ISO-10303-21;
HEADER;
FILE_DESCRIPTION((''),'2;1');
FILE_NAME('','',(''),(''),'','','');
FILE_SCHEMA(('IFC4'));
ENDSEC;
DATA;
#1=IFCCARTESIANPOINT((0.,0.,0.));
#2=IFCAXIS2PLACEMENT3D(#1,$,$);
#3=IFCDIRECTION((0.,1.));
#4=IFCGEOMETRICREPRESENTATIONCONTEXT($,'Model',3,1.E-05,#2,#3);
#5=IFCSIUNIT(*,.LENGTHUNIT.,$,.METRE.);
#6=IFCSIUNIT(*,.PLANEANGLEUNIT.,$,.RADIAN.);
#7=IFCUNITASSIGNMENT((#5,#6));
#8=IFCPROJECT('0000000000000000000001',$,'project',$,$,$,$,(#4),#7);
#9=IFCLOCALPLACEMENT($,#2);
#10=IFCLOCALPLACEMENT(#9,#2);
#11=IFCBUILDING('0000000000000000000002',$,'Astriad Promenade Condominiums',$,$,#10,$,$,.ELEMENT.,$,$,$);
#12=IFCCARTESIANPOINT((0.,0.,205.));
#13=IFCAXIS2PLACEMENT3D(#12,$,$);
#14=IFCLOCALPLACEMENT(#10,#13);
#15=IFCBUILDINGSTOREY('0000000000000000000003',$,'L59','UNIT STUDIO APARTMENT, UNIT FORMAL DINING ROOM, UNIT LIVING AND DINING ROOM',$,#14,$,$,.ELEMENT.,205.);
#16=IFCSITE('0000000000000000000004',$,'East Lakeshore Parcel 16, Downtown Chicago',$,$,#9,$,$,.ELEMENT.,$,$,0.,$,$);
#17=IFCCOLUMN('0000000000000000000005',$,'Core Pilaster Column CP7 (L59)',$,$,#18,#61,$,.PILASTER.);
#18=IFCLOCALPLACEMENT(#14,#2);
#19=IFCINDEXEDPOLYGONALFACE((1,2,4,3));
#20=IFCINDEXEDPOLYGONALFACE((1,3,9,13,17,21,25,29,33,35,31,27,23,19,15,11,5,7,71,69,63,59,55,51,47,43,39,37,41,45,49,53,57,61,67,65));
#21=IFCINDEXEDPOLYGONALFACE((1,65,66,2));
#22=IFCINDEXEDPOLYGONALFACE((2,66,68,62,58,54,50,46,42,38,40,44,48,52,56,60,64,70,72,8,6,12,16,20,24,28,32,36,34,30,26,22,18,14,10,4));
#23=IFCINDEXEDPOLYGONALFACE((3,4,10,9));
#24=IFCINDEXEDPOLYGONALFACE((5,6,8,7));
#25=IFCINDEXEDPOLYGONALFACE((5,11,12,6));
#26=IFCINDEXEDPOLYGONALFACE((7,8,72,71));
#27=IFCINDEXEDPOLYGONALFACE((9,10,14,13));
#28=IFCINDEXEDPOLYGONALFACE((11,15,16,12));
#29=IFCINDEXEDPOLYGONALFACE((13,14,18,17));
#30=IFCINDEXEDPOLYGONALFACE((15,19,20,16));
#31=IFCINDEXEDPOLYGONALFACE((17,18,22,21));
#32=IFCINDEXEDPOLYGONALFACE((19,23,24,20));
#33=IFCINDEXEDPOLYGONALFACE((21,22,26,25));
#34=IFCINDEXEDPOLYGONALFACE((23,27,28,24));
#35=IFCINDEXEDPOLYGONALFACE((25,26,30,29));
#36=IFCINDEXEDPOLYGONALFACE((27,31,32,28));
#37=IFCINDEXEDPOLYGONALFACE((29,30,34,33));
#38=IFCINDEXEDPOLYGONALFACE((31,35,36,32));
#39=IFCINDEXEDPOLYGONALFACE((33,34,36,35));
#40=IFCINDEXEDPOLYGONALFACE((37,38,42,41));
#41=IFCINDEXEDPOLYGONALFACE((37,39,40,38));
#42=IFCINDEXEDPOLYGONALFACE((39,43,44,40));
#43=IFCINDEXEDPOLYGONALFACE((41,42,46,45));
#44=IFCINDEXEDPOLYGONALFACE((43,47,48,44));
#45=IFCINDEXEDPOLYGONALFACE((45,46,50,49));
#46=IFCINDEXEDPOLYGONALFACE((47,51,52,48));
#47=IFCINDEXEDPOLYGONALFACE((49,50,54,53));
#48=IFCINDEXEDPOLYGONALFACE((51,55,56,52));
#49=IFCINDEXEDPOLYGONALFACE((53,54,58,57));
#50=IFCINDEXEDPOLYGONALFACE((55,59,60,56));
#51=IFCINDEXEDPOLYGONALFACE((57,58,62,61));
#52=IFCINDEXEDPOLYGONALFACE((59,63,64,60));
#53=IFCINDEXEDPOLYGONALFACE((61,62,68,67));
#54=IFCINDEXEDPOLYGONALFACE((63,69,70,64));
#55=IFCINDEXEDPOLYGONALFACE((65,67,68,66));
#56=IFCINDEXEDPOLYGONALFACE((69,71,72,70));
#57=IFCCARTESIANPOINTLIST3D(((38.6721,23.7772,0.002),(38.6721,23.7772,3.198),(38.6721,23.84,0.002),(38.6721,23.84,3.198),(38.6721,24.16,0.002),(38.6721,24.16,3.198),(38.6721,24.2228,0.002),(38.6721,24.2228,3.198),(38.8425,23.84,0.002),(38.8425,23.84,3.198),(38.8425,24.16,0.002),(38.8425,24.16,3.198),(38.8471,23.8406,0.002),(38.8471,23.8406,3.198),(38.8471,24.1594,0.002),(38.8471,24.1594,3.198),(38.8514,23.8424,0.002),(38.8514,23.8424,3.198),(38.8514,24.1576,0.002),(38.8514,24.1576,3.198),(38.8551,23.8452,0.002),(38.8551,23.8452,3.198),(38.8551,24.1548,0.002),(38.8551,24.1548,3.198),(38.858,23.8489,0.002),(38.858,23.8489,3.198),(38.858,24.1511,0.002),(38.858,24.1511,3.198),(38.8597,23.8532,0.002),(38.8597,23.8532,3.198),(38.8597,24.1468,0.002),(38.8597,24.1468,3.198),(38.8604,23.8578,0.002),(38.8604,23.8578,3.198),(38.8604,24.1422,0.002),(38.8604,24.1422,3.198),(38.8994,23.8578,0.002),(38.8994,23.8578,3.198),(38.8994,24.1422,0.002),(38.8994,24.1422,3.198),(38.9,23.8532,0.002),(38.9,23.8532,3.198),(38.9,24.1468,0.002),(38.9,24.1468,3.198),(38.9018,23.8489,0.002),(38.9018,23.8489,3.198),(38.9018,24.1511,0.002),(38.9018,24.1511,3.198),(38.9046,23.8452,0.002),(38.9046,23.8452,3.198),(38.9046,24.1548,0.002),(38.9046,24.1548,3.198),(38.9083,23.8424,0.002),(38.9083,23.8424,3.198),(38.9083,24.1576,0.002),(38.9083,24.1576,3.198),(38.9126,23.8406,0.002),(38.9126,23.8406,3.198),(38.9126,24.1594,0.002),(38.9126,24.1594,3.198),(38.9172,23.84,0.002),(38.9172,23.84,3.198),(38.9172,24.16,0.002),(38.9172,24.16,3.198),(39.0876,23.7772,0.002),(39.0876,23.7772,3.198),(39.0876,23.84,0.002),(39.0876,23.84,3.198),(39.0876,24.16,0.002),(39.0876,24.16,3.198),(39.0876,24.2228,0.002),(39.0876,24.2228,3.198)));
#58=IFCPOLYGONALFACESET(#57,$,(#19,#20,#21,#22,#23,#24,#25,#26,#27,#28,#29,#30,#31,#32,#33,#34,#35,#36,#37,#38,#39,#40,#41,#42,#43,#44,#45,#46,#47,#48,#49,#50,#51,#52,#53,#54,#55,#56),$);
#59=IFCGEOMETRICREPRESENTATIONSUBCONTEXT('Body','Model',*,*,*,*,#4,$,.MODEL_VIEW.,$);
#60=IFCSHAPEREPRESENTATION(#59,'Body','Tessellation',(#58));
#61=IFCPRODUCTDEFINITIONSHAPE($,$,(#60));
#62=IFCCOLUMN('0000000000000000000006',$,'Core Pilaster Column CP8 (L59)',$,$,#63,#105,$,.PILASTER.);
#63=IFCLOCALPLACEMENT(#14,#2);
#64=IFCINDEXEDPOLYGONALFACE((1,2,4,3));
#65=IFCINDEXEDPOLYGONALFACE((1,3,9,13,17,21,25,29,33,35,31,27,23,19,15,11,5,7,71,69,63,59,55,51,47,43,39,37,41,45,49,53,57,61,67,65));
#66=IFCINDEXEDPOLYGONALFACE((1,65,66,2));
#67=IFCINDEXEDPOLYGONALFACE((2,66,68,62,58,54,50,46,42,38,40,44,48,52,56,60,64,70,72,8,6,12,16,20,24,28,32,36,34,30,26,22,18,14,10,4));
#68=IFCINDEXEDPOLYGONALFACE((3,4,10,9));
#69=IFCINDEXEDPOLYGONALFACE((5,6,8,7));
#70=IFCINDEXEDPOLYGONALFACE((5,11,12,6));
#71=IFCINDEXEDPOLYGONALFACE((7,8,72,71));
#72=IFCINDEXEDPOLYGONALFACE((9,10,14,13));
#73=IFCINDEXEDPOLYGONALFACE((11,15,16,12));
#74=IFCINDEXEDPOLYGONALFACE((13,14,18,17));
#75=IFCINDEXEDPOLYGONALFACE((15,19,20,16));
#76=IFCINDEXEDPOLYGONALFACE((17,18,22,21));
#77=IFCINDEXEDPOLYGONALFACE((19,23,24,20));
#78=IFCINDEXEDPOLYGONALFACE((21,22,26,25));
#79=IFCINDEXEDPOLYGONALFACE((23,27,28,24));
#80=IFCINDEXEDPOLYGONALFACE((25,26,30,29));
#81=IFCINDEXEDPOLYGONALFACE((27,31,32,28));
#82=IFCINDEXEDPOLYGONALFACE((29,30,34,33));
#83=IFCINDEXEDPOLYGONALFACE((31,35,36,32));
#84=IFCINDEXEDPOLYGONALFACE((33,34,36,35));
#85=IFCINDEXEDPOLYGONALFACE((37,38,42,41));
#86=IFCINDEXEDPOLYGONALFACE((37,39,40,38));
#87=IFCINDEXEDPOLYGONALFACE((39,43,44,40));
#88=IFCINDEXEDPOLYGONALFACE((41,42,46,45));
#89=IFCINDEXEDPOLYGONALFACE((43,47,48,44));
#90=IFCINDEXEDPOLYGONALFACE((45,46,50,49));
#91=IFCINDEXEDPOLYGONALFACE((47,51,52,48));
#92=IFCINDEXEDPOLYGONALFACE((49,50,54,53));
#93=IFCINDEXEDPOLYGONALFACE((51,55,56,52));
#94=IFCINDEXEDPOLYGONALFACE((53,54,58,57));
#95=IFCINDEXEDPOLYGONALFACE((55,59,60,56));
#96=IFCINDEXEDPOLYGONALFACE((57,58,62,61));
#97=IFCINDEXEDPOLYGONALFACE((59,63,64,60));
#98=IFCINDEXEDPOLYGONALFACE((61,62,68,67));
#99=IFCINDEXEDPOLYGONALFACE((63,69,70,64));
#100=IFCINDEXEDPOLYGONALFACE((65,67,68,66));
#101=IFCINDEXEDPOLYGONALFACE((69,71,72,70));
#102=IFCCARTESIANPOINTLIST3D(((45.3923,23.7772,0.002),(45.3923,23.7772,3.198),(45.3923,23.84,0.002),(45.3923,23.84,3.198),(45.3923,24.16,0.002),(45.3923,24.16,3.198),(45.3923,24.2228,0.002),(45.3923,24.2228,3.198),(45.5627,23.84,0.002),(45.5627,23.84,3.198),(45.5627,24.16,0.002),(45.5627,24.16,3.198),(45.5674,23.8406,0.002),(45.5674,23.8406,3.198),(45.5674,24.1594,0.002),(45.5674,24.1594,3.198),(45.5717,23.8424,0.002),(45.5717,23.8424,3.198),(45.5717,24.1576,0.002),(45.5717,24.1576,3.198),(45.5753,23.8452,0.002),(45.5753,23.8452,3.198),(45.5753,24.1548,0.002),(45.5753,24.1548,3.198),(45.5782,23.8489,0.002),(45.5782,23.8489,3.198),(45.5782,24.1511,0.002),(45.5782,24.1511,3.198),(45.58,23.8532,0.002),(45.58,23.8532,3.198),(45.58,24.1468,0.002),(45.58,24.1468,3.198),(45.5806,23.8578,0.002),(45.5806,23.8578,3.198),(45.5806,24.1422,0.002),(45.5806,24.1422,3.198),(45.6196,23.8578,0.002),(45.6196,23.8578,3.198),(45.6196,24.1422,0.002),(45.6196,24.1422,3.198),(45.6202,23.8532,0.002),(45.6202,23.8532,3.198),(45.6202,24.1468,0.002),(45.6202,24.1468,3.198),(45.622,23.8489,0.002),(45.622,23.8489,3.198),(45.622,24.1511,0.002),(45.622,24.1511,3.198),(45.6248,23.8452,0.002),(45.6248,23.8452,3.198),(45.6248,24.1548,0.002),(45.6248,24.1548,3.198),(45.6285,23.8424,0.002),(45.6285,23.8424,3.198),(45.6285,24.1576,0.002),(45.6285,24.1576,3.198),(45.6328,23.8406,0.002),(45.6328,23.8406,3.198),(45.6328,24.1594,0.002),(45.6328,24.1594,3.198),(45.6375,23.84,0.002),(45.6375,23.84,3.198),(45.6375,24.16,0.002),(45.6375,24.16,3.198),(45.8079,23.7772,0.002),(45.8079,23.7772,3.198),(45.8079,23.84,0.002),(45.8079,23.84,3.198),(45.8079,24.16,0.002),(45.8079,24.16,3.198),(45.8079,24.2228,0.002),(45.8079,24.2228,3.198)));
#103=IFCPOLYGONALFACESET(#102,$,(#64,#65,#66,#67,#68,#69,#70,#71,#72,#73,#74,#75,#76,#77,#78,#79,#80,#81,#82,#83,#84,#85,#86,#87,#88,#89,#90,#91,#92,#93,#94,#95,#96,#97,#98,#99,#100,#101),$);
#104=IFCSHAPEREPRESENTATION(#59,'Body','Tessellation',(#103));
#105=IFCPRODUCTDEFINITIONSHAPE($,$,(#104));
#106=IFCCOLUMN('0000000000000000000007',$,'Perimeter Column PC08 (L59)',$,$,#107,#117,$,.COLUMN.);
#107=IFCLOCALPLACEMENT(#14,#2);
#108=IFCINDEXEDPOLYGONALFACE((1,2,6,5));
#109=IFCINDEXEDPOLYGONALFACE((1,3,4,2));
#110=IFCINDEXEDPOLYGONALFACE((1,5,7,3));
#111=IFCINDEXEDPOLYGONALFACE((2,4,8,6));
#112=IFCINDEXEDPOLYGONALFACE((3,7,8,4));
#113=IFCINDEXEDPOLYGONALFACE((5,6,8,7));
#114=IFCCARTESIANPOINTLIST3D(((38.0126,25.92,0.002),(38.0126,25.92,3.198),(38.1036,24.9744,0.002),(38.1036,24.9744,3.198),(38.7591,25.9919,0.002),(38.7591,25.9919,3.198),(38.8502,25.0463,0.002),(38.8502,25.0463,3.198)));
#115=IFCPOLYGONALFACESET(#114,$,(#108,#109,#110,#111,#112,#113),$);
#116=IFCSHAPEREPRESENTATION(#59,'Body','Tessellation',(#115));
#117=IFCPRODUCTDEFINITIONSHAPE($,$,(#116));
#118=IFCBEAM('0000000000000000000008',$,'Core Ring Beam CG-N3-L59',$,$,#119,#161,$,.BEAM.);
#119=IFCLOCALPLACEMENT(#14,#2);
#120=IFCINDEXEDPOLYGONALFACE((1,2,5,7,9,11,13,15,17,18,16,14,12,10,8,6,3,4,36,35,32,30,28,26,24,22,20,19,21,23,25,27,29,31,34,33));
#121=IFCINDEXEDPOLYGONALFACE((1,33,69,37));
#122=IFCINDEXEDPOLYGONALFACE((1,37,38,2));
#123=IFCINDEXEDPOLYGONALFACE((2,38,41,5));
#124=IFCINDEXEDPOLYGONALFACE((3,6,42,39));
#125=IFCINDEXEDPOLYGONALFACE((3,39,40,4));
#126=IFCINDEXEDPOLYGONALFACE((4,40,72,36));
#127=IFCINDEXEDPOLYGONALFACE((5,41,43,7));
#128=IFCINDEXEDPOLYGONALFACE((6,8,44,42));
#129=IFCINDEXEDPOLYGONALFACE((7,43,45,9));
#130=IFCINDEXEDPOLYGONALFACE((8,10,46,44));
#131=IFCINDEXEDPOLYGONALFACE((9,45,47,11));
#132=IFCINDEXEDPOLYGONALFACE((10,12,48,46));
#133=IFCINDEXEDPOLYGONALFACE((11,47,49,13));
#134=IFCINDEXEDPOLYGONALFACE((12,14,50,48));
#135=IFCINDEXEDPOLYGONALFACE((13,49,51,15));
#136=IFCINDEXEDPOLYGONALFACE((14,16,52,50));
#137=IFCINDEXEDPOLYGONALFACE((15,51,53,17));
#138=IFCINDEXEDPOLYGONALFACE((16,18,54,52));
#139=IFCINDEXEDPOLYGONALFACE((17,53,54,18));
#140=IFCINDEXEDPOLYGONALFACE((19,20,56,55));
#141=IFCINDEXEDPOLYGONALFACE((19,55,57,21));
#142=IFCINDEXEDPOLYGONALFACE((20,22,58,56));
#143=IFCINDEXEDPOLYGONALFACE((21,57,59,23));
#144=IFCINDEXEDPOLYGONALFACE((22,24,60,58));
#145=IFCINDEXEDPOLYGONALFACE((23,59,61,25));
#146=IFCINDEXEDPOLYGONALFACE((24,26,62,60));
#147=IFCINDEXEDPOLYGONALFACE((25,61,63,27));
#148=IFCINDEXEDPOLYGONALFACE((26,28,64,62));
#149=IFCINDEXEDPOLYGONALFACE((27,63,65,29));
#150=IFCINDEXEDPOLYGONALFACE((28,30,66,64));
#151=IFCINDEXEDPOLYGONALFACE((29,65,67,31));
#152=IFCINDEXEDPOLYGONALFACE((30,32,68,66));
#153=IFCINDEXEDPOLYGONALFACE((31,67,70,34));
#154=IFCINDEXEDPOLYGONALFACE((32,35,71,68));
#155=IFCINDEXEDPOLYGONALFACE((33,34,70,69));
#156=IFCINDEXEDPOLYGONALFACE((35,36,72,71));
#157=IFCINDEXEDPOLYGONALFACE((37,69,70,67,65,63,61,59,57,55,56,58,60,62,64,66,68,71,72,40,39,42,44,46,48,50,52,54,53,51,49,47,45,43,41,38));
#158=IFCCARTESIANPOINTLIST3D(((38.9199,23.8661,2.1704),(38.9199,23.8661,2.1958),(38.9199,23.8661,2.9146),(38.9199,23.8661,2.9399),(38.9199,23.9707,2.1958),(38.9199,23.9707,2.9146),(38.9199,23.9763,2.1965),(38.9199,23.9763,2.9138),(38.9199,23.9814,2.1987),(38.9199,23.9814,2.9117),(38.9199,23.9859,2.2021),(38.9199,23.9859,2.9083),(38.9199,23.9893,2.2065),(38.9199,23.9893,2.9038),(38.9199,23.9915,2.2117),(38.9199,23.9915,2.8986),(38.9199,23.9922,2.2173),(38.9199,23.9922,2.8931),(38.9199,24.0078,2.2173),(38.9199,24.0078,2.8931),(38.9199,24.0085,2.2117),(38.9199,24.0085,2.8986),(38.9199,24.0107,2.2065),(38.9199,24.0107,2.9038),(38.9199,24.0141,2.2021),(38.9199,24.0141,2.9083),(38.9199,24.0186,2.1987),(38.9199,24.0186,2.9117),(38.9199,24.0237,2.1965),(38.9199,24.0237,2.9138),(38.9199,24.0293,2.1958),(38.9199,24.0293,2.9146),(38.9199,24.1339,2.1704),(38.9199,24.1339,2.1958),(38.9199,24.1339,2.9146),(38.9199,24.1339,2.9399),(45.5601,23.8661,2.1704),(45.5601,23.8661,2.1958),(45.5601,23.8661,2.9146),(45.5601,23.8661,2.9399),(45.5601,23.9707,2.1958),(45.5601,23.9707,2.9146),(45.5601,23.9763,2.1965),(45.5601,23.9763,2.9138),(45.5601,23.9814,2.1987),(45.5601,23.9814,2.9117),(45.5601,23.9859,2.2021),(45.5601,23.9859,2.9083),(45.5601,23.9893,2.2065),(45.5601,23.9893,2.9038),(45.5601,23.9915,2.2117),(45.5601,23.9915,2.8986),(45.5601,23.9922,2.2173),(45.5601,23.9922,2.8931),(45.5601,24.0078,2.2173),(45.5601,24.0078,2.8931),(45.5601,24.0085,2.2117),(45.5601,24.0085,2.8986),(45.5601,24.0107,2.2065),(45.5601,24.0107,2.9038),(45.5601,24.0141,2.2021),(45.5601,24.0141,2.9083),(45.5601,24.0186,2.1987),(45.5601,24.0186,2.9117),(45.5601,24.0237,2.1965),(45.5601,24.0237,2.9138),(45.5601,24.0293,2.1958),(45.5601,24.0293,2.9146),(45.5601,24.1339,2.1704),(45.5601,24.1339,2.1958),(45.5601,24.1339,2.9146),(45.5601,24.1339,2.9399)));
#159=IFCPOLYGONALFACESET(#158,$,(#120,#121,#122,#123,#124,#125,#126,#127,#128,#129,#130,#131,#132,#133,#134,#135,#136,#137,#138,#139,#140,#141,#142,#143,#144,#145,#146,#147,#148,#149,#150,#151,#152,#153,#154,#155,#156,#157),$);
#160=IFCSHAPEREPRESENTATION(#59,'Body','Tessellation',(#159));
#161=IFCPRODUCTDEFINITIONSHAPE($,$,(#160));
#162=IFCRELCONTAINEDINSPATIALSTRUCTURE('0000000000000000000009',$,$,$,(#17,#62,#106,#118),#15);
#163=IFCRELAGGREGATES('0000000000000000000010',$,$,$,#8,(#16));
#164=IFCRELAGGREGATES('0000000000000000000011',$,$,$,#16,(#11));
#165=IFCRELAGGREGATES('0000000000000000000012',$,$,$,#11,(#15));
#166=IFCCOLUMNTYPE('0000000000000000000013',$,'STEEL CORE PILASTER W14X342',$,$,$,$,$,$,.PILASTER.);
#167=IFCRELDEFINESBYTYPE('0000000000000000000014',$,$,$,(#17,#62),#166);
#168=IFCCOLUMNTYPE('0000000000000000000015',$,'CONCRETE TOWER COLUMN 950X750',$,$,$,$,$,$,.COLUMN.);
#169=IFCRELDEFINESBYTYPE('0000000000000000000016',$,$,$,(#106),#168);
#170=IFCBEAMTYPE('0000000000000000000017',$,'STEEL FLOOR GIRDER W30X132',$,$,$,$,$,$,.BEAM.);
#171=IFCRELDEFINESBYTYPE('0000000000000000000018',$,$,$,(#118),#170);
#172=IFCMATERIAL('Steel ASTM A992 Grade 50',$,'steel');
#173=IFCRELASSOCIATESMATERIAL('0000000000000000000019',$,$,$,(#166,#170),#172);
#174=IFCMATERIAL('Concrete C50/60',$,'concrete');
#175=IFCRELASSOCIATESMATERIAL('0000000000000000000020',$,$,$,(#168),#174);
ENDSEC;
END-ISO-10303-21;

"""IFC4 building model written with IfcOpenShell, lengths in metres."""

from ifc_helpers import new_model, si_unit, direction, frame, origin, origin_2d, place, context, subcontext, project, spatial, rectangle, i_section, extrude, source, transform, mapped, material, material_profile, profile_set, type_object, type_shapes, element, save


model = new_model("IFC4")

# Units and contexts
model_context = context("Model", 3, precision=1e-05, world=origin(), true_north=direction((0.0, 1.0)))
body_context = subcontext(model_context, "Body", "Model", "MODEL_VIEW")
ifc_project = project(units=[si_unit("LENGTHUNIT", "METRE"), si_unit("PLANEANGLEUNIT", "RADIAN")], contexts=[model_context])

# Site, building, storey
site_placement = place(None, origin())
site = spatial("IfcSite", under=ifc_project, at=site_placement, Name="East Lakeshore Parcel 16, Downtown Chicago", CompositionType="ELEMENT", RefElevation=0.0)
building_placement = place(site_placement, origin())
building = spatial("IfcBuilding", under=site, at=building_placement, Name="Astriad Promenade Condominiums", CompositionType="ELEMENT")
storey_placement = place(building_placement, frame((0.0, 0.0, 205.0)))
storey = spatial("IfcBuildingStorey", under=building, at=storey_placement, Name="L59", Description="UNIT STUDIO APARTMENT, UNIT FORMAL DINING ROOM, UNIT LIVING AND DINING ROOM", CompositionType="ELEMENT", Elevation=205.0)

# Columns
ifc_material_1 = material(Name="Steel ASTM A992 Grade 50", Category="steel")
ifc_material_profile_1 = material_profile(ifc_material_1, i_section(OverallWidth=0.4155, OverallDepth=0.4456, WebThickness=0.0391, FlangeThickness=0.0627, FilletRadius=0.0178, at=origin_2d()), Name="W14X342")
ifc_profile_set_1 = profile_set([ifc_material_profile_1], Name="Steel ASTM A992 Grade 50")
column_type_1 = type_object("IfcColumnType", Name="STEEL CORE PILASTER W14X342", PredefinedType="PILASTER", material=ifc_profile_set_1)
shared_shape_1 = source(origin(), body_context, "Body", "SweptSolid", [
    extrude(i_section(OverallWidth=0.4155, OverallDepth=0.4456, WebThickness=0.0391, FlangeThickness=0.0627, FilletRadius=0.0178, at=origin_2d()), origin(), (0.0, 0.0, 1.0), 3.196),
])
type_shapes(column_type_1, [shared_shape_1])
for number, where, z_axis, x_axis, name in (
    (1, (38.8799, 24.0, 0.002), (0.0, 0.0, 1.0), (1.0, 0.0, 0.0), "Core Pilaster Column CP7 (L59)"),
    (2, (45.6001, 24.0, 0.002), (0.0, 0.0, 1.0), (1.0, 0.0, 0.0), "Core Pilaster Column CP8 (L59)"),
):
    element("IfcColumn", number, at=place(storey_placement, frame(where, z_axis=z_axis, x_axis=x_axis)), inside=storey, type_object=column_type_1, Name=name, PredefinedType="PILASTER", context=body_context, shape_type="MappedRepresentation", body=[
        mapped(shared_shape_1, transform((0.0, 0.0, 0.0), scale=1.0)),
    ])
ifc_material_2 = material(Name="Concrete C50/60", Category="concrete")
ifc_material_profile_2 = material_profile(ifc_material_2, rectangle(XDim=0.75, YDim=0.95, at=origin_2d()), Name="RC-COL-950X750")
ifc_profile_set_2 = profile_set([ifc_material_profile_2], Name="Concrete C50/60")
column_type_2 = type_object("IfcColumnType", Name="CONCRETE TOWER COLUMN 950X750", PredefinedType="COLUMN", material=ifc_profile_set_2)
shared_shape_2 = source(origin(), body_context, "Body", "SweptSolid", [
    extrude(rectangle(XDim=0.75, YDim=0.95, at=origin_2d()), origin(), (0.0, 0.0, 1.0), 3.196),
])
type_shapes(column_type_2, [shared_shape_2])
column_placement = place(storey_placement, frame((38.4314, 25.4832, 0.002), z_axis=(0.0, 0.0, 1.0), x_axis=(0.995396, 0.095846, 0.0)))
element("IfcColumn", 3, at=column_placement, inside=storey, type_object=column_type_2, Name="Perimeter Column PC08 (L59)", PredefinedType="COLUMN", context=body_context, shape_type="MappedRepresentation", body=[
    mapped(shared_shape_2, transform((0.0, 0.0, 0.0), scale=1.0)),
])

# Beam
ifc_material_profile_3 = material_profile(ifc_material_1, i_section(OverallWidth=0.2678, OverallDepth=0.7695, WebThickness=0.0156, FlangeThickness=0.0254, FilletRadius=0.0215, at=origin_2d()), Name="W30X132")
ifc_profile_set_3 = profile_set([ifc_material_profile_3], Name="Steel ASTM A992 Grade 50")
beam_type_1 = type_object("IfcBeamType", Name="STEEL FLOOR GIRDER W30X132", PredefinedType="BEAM", material=ifc_profile_set_3)
shared_shape_3 = source(origin(), body_context, "Body", "SweptSolid", [
    extrude(i_section(OverallWidth=0.2678, OverallDepth=0.7695, WebThickness=0.0156, FlangeThickness=0.0254, FilletRadius=0.0215, at=origin_2d()), origin(), (0.0, 0.0, 1.0), 6.6401),
])
type_shapes(beam_type_1, [shared_shape_3])
beam_1_placement = place(storey_placement, frame((38.9199, 24.0, 2.5552), z_axis=(1.0, 0.0, 0.0), x_axis=(0.0, 1.0, 0.0)))
element("IfcBeam", 4, at=beam_1_placement, inside=storey, type_object=beam_type_1, Name="Core Ring Beam CG-N3-L59", PredefinedType="BEAM", context=body_context, shape_type="MappedRepresentation", body=[
    mapped(shared_shape_3, transform((0.0, 0.0, 0.0), scale=1.0)),
])

save(model, "model.ifc")
